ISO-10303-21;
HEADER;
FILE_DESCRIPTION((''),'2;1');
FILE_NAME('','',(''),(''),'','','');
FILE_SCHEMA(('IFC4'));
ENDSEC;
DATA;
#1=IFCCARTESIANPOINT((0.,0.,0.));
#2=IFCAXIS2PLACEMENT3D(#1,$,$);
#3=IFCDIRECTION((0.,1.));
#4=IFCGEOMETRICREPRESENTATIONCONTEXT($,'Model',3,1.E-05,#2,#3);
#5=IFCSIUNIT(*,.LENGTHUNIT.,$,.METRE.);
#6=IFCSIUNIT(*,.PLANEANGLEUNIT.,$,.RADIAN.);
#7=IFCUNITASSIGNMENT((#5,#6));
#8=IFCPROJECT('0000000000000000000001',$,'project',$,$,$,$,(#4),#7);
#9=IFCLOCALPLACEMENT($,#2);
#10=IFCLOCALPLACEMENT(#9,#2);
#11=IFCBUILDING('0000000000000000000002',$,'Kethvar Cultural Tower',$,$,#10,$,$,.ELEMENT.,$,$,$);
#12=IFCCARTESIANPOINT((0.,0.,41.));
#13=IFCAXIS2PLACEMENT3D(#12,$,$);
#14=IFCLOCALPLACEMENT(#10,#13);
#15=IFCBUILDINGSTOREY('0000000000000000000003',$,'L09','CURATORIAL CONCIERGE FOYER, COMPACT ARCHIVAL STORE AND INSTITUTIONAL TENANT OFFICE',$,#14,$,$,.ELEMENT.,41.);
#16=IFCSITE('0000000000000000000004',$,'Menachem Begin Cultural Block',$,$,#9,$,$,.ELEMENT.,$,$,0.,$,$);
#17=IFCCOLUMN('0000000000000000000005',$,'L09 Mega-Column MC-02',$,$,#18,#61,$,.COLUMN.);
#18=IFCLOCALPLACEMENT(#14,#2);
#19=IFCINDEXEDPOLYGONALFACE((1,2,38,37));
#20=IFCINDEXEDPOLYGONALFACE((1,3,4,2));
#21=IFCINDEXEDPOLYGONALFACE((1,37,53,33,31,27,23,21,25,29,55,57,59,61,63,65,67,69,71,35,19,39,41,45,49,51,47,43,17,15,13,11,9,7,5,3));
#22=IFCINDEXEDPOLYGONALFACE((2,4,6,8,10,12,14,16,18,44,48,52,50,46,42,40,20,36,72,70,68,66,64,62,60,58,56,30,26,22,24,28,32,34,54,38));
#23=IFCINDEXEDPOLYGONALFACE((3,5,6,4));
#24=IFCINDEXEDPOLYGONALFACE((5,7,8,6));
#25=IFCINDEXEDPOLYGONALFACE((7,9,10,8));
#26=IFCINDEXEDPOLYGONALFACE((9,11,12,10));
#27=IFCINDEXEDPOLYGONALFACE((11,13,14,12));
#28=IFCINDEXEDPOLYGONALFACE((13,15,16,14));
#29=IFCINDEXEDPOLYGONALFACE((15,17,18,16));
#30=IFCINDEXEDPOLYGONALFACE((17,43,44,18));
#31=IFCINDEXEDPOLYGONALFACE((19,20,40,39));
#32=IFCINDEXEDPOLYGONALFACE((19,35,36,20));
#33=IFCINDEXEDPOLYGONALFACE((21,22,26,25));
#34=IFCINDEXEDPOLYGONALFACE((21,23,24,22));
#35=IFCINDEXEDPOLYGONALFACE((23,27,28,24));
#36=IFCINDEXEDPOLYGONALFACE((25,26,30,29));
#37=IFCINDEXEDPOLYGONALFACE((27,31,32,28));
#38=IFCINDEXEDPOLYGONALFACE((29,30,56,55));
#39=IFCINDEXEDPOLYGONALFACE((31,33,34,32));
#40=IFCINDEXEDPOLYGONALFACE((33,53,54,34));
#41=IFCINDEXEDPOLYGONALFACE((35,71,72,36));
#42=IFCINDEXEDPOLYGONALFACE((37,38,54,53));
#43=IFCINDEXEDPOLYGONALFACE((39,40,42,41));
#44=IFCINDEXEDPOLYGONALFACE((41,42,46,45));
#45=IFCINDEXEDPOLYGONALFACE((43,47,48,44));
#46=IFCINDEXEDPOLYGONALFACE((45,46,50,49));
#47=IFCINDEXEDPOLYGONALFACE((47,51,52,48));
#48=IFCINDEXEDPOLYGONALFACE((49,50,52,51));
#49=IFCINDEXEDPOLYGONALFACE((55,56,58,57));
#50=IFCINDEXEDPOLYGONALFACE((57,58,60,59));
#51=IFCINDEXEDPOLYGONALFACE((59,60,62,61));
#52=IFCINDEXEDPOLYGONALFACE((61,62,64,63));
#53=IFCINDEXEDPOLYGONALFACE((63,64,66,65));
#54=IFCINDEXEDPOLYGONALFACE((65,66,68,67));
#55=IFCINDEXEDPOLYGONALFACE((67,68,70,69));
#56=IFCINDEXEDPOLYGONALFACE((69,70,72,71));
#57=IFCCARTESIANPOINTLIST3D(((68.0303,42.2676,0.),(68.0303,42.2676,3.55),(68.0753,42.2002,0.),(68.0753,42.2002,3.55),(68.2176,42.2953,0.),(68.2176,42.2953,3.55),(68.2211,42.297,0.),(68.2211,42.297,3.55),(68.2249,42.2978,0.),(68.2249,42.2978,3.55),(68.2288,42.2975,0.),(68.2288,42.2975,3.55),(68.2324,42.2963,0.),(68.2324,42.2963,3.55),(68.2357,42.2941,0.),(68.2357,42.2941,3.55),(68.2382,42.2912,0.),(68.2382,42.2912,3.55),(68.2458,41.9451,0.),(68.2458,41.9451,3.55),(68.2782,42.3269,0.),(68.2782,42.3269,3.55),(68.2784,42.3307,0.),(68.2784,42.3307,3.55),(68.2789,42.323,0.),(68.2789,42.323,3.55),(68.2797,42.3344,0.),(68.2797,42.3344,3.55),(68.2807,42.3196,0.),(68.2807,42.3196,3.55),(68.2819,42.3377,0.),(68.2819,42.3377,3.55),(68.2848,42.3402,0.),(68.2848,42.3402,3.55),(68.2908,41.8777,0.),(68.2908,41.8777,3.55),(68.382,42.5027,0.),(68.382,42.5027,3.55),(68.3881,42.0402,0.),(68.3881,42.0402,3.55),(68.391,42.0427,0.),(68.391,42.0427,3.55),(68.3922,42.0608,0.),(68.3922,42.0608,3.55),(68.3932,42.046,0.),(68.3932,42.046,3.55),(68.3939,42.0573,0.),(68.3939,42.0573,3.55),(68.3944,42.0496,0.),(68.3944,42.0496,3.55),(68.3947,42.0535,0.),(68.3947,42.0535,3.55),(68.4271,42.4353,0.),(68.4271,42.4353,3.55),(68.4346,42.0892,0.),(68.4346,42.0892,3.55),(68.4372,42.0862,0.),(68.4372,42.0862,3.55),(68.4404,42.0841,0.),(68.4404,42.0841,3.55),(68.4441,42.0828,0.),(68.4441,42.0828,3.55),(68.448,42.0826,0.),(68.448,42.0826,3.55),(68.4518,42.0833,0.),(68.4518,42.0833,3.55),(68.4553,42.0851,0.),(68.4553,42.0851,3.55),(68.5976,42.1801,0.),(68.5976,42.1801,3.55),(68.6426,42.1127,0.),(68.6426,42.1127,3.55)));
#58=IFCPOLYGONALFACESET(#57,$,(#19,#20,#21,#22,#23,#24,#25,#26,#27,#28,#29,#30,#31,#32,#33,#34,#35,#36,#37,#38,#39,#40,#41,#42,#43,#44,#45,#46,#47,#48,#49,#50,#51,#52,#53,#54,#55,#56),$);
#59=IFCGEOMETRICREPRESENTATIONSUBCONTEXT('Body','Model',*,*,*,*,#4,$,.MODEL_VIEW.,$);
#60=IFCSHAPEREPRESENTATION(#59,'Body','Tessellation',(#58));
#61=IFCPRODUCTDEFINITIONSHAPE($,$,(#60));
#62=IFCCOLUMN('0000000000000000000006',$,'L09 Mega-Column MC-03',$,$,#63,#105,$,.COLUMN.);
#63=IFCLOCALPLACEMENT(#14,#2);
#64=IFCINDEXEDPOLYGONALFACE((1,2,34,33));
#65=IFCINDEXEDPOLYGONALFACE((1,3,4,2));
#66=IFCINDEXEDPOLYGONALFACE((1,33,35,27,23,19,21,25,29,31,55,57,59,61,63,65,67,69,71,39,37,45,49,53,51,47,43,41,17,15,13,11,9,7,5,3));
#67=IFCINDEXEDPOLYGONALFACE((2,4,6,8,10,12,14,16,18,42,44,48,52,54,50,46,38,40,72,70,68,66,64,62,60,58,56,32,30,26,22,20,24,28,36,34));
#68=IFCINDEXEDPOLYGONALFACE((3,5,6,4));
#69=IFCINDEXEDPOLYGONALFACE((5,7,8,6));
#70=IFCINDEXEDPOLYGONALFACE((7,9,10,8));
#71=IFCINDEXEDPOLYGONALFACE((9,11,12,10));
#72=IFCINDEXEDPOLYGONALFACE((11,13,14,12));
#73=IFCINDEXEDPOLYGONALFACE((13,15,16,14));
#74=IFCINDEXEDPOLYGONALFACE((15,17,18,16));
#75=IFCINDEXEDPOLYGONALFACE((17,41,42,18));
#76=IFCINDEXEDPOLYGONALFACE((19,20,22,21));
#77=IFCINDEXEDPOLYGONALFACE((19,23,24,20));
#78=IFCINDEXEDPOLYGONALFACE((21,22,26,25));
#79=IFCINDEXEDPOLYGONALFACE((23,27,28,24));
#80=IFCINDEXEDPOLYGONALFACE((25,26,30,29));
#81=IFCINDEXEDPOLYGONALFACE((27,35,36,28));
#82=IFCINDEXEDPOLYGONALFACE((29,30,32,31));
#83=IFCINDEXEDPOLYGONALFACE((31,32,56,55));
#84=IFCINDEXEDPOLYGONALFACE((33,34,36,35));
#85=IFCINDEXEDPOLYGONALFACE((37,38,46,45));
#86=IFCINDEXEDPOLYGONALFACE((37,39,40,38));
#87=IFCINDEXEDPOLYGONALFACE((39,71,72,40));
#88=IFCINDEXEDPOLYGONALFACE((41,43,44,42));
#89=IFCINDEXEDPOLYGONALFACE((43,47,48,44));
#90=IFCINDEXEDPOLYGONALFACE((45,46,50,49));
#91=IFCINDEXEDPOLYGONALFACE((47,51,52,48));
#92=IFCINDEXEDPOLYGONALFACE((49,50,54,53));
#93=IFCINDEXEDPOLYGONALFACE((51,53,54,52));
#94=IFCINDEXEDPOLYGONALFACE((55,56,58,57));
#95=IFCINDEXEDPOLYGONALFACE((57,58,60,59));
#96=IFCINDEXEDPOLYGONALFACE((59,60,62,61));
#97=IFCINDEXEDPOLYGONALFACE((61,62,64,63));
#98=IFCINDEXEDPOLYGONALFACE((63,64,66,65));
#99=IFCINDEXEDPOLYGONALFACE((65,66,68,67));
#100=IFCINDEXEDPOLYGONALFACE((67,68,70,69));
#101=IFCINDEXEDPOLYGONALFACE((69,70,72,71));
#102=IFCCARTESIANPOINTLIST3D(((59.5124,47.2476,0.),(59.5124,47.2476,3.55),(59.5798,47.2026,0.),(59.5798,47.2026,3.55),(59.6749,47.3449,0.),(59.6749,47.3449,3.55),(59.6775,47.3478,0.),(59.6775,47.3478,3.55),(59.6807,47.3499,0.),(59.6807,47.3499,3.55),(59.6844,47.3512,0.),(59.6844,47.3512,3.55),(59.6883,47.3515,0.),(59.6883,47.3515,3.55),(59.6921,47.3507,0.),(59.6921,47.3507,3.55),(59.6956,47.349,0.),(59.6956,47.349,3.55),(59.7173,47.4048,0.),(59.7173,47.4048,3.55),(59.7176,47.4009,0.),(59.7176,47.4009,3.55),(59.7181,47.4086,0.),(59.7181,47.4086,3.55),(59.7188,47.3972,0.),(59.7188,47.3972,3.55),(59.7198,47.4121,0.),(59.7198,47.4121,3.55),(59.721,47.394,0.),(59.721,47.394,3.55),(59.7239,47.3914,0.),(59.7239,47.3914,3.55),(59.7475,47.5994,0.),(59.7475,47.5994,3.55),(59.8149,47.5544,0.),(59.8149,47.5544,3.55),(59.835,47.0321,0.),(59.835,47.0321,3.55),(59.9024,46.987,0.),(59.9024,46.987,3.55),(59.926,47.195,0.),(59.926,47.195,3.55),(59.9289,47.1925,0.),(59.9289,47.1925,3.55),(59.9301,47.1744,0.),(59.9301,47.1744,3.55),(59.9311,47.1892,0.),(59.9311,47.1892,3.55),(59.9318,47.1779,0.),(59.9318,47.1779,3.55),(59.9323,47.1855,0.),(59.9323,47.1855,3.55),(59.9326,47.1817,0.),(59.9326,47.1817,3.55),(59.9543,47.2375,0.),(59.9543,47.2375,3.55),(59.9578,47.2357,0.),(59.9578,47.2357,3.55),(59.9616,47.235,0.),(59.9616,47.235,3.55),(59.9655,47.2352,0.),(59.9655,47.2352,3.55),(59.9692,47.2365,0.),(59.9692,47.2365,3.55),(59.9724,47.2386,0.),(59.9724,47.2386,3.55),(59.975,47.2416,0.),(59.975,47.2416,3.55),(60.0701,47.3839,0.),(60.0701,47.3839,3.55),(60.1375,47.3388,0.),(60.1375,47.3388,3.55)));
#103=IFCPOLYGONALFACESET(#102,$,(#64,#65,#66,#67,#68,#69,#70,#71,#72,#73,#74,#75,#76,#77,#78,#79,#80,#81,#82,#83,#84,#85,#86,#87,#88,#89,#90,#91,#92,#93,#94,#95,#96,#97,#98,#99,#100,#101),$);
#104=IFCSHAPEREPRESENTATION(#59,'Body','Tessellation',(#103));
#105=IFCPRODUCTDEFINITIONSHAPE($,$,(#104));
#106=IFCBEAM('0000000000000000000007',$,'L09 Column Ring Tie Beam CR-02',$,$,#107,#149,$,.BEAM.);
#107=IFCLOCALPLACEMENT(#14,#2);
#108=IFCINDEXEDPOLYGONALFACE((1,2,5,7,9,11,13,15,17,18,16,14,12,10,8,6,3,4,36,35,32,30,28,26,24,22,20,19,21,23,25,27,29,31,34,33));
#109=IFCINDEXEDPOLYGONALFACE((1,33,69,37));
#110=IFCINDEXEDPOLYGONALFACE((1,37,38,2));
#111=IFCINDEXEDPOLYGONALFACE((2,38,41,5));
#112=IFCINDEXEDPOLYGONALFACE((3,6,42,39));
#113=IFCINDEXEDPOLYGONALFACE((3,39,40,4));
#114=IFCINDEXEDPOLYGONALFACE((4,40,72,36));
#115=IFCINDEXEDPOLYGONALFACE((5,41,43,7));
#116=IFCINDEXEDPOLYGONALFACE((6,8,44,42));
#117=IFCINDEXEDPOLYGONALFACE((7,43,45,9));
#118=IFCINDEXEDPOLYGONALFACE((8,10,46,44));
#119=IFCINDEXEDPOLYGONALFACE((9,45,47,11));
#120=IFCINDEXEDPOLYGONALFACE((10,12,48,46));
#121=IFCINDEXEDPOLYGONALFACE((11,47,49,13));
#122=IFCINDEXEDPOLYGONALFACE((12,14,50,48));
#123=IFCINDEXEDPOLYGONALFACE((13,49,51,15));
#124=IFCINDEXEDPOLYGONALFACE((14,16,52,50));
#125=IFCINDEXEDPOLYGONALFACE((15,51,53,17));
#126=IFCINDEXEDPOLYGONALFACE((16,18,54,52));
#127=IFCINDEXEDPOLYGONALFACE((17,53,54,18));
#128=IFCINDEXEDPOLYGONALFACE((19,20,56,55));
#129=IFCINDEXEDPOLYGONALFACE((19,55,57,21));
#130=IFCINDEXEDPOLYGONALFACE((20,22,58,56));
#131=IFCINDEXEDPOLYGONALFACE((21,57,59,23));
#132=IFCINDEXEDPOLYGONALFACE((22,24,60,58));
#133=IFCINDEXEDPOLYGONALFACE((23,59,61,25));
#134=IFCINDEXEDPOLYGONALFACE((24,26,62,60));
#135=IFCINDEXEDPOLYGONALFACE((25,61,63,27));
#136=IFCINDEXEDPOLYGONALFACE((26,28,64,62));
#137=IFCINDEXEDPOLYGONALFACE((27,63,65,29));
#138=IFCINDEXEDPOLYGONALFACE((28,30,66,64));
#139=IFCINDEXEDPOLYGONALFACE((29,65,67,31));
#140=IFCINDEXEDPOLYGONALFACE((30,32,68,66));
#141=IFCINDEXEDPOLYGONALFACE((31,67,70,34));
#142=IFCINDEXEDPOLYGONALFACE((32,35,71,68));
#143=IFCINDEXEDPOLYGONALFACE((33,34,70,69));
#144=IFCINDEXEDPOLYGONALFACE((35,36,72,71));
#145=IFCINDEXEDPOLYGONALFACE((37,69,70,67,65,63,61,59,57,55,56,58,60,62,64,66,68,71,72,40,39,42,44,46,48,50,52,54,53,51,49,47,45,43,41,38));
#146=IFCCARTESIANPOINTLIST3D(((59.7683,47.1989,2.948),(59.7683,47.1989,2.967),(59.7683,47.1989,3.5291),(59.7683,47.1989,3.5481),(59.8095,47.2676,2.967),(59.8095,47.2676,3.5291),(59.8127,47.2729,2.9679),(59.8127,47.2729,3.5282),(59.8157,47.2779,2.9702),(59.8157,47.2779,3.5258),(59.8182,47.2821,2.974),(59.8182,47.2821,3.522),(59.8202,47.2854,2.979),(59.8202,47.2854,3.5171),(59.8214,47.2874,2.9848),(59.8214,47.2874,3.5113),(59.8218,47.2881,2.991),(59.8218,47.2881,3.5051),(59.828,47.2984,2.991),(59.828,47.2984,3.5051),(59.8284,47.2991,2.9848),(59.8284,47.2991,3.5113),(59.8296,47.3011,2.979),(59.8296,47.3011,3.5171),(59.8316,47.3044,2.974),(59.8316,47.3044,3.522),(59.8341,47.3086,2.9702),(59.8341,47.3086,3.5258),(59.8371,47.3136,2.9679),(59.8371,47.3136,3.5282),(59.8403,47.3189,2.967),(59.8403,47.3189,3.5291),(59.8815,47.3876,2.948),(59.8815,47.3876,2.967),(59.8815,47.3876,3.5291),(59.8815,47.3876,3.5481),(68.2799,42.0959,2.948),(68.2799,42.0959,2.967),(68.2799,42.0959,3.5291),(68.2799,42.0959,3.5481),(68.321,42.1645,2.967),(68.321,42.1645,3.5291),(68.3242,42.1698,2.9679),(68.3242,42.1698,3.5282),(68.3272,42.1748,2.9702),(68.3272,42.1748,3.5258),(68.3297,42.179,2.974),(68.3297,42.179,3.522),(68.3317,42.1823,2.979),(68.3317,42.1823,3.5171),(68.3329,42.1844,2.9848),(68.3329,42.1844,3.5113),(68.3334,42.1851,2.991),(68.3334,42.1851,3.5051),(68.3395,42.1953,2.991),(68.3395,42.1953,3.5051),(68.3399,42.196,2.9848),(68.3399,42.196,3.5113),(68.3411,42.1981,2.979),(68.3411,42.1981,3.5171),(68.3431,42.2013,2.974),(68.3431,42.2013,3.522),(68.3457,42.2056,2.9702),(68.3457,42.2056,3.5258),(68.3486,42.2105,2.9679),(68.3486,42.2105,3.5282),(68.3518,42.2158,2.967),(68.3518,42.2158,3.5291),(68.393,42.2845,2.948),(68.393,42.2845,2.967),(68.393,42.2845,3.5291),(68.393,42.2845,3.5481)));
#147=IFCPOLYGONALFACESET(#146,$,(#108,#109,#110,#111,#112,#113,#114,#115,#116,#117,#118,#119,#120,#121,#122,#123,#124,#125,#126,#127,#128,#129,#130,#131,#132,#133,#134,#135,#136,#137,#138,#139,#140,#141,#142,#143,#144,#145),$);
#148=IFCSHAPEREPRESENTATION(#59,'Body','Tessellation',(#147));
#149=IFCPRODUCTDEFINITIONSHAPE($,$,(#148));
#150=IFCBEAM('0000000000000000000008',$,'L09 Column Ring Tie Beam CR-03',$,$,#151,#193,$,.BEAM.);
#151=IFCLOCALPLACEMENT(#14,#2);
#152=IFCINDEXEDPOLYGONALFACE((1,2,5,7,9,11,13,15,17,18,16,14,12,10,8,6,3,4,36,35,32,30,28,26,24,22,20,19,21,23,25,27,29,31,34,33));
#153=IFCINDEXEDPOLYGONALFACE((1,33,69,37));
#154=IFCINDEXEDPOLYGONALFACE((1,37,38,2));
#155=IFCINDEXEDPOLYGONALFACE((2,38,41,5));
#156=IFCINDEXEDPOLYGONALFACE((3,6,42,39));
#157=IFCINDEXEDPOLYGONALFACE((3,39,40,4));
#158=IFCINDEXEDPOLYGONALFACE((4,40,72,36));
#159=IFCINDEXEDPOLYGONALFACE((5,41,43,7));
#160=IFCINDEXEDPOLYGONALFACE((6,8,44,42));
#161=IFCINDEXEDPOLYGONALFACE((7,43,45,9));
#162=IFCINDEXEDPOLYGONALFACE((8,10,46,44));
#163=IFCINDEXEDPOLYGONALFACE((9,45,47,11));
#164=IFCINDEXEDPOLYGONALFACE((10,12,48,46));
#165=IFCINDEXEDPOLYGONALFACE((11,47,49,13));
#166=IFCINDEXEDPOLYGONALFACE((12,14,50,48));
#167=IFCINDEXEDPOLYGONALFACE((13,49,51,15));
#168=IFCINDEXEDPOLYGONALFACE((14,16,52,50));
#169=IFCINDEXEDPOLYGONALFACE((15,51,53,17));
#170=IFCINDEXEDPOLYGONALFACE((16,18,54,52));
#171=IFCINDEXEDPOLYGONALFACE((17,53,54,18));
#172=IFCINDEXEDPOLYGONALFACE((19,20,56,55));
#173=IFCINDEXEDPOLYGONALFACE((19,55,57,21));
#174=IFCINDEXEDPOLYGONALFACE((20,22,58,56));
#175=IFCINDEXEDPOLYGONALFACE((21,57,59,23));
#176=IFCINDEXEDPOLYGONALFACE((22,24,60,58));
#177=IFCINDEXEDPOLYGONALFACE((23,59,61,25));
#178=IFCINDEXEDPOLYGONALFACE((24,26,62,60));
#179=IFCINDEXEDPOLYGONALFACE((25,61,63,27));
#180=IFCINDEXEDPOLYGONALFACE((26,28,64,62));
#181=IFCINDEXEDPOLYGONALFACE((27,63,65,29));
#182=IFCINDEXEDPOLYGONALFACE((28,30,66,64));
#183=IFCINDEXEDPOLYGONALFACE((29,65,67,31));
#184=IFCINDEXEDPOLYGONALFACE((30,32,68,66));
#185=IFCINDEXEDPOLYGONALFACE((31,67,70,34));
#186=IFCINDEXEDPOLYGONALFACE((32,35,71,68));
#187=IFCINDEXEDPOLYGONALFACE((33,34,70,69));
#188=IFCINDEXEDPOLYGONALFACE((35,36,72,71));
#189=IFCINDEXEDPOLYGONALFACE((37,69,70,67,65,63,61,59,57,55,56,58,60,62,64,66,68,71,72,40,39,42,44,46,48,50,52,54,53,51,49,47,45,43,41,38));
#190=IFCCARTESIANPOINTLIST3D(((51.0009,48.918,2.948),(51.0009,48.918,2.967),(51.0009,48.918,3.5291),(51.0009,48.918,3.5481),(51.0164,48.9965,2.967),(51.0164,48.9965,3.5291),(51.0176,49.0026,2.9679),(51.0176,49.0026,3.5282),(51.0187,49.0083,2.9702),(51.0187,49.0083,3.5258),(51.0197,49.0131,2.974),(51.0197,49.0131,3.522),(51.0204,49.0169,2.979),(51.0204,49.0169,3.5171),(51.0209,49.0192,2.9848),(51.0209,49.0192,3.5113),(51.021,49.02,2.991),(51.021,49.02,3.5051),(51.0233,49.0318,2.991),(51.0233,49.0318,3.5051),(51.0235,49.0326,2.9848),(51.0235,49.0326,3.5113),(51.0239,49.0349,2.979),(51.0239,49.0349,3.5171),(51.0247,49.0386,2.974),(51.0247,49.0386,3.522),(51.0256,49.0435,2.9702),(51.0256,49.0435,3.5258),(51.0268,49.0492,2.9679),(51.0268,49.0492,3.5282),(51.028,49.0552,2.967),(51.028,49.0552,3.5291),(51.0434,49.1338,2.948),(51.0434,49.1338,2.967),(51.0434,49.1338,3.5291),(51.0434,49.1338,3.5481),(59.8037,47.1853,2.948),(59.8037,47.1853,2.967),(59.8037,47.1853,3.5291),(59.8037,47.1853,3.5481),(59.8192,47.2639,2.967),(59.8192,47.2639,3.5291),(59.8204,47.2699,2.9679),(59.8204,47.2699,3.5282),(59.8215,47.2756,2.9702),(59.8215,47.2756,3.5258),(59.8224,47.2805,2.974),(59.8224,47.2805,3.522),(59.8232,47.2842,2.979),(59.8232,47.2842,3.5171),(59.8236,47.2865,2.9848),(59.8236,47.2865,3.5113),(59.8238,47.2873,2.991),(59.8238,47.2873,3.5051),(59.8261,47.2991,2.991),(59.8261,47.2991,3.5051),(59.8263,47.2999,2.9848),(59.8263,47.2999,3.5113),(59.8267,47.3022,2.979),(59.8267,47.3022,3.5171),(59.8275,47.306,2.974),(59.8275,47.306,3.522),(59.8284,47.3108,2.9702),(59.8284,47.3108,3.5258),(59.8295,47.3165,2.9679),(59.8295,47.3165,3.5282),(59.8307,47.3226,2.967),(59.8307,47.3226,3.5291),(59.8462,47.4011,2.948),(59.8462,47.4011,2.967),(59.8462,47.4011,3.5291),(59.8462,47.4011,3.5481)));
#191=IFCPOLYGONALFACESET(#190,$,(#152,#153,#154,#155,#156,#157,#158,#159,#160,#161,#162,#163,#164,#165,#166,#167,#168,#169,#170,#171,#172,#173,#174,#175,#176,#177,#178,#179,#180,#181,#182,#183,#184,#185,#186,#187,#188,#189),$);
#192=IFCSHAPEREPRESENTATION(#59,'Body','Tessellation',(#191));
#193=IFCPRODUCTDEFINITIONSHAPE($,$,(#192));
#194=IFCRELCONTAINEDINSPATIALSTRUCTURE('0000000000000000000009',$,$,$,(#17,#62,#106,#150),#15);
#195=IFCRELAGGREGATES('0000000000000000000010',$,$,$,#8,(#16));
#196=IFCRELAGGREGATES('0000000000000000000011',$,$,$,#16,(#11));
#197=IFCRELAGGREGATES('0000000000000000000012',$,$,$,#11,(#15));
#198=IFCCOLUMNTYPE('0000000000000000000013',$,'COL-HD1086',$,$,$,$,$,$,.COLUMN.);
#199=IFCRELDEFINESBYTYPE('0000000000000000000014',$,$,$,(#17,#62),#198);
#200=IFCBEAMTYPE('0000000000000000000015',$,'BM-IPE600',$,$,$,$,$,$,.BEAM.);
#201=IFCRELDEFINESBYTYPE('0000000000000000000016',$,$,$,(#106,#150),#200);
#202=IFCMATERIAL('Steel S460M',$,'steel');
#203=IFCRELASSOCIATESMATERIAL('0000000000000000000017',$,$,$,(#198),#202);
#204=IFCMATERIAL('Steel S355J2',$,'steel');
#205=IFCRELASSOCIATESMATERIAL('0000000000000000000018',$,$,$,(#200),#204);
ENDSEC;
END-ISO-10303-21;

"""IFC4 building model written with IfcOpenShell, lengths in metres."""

from ifc_helpers import new_model, si_unit, direction, frame, origin, origin_2d, place, context, subcontext, project, spatial, i_section, extrude, source, transform, mapped, material, material_profile, profile_set, type_object, element, save


model = new_model("IFC4")

# Units and contexts
model_context = context("Model", 3, precision=1e-05, world=origin(), true_north=direction((0.0, 1.0)))
body_context = subcontext(model_context, "Body", "Model", "MODEL_VIEW")
ifc_project = project(units=[si_unit("LENGTHUNIT", "METRE"), si_unit("PLANEANGLEUNIT", "RADIAN")], contexts=[model_context])

# Site, building, storey
site_placement = place(None, origin())
site = spatial("IfcSite", under=ifc_project, at=site_placement, Name="Menachem Begin Cultural Block", CompositionType="ELEMENT", RefElevation=0.0)
building_placement = place(site_placement, origin())
building = spatial("IfcBuilding", under=site, at=building_placement, Name="Kethvar Cultural Tower", CompositionType="ELEMENT")
storey_placement = place(building_placement, frame((0.0, 0.0, 41.0)))
storey = spatial("IfcBuildingStorey", under=building, at=storey_placement, Name="L09", Description="CURATORIAL CONCIERGE FOYER, COMPACT ARCHIVAL STORE AND INSTITUTIONAL TENANT OFFICE", CompositionType="ELEMENT", Elevation=41.0)

# Columns
ifc_material_1 = material(Name="Steel S460M", Category="steel")
ifc_material_profile_1 = material_profile(ifc_material_1, i_section(OverallWidth=0.4231, OverallDepth=0.469, WebThickness=0.051, FlangeThickness=0.0811, FilletRadius=0.0149, at=origin_2d()), Name="Steel S460M — HD400x1086")
ifc_profile_set_1 = profile_set([ifc_material_profile_1], Name="Steel S460M — HD400x1086")
column_type = type_object("IfcColumnType", Name="COL-HD1086", PredefinedType="COLUMN", material=ifc_profile_set_1)
shared_shape_1 = source(origin(), body_context, "Body", "SweptSolid", [
    extrude(i_section(OverallWidth=0.4231, OverallDepth=0.469, WebThickness=0.051, FlangeThickness=0.0811, FilletRadius=0.0149, at=origin_2d()), origin(), (0.0, 0.0, 1.0), 3.55),
])
for number, where, z_axis, x_axis, name in (
    (1, (68.3364, 42.1902, 0.0), (0.0, 0.0, 1.0), (0.83147, 0.55557, 0.0), "L09 Mega-Column MC-02"),
    (2, (59.825, 47.2932, 0.0), (0.0, 0.0, 1.0), (0.55557, 0.83147, 0.0), "L09 Mega-Column MC-03"),
):
    element("IfcColumn", number, at=place(storey_placement, frame(where, z_axis=z_axis, x_axis=x_axis)), inside=storey, type_object=column_type, Name=name, PredefinedType="COLUMN", context=body_context, shape_type="MappedRepresentation", body=[
        mapped(shared_shape_1, transform((0.0, 0.0, 0.0), scale=1.0)),
    ])

# Beams
ifc_material_2 = material(Name="Steel S355J2", Category="steel")
ifc_material_profile_2 = material_profile(ifc_material_2, i_section(OverallWidth=0.22, OverallDepth=0.6001, WebThickness=0.012, FlangeThickness=0.019, FilletRadius=0.0239, at=origin_2d()), Name="Steel S355J2 — IPE600")
ifc_profile_set_2 = profile_set([ifc_material_profile_2], Name="Steel S355J2 — IPE600")
beam_type_1 = type_object("IfcBeamType", Name="BM-IPE600", PredefinedType="BEAM", material=ifc_profile_set_2)
shared_shape_2 = source(origin(), body_context, "Body", "SweptSolid", [
    extrude(i_section(OverallWidth=0.22, OverallDepth=0.6001, WebThickness=0.012, FlangeThickness=0.019, FilletRadius=0.0239, at=origin_2d()), origin(), (0.0, 0.0, 1.0), 9.9241),
])
beam_1_placement = place(storey_placement, frame((68.3364, 42.1902, 3.248), z_axis=(-0.857664, 0.51421, 0.0), x_axis=(-0.51421, -0.857664, 0.0)))
element("IfcBeam", 3, at=beam_1_placement, inside=storey, type_object=beam_type_1, Name="L09 Column Ring Tie Beam CR-02", PredefinedType="BEAM", context=body_context, shape_type="MappedRepresentation", body=[
    mapped(shared_shape_2, transform((0.0, 0.0, 0.0), scale=1.0)),
])
shared_shape_3 = source(origin(), body_context, "Body", "SweptSolid", [
    extrude(i_section(OverallWidth=0.22, OverallDepth=0.6001, WebThickness=0.012, FlangeThickness=0.019, FilletRadius=0.0239, at=origin_2d()), origin(), (0.0, 0.0, 1.0), 8.9717),
])
beam_2_placement = place(storey_placement, frame((59.825, 47.2932, 3.248), z_axis=(-0.981174, 0.193127, 0.0), x_axis=(-0.193127, -0.981174, 0.0)))
element("IfcBeam", 4, at=beam_2_placement, inside=storey, type_object=beam_type_1, Name="L09 Column Ring Tie Beam CR-03", PredefinedType="BEAM", context=body_context, shape_type="MappedRepresentation", body=[
    mapped(shared_shape_3, transform((0.0, 0.0, 0.0), scale=1.0)),
])

save(model, "model.ifc")
